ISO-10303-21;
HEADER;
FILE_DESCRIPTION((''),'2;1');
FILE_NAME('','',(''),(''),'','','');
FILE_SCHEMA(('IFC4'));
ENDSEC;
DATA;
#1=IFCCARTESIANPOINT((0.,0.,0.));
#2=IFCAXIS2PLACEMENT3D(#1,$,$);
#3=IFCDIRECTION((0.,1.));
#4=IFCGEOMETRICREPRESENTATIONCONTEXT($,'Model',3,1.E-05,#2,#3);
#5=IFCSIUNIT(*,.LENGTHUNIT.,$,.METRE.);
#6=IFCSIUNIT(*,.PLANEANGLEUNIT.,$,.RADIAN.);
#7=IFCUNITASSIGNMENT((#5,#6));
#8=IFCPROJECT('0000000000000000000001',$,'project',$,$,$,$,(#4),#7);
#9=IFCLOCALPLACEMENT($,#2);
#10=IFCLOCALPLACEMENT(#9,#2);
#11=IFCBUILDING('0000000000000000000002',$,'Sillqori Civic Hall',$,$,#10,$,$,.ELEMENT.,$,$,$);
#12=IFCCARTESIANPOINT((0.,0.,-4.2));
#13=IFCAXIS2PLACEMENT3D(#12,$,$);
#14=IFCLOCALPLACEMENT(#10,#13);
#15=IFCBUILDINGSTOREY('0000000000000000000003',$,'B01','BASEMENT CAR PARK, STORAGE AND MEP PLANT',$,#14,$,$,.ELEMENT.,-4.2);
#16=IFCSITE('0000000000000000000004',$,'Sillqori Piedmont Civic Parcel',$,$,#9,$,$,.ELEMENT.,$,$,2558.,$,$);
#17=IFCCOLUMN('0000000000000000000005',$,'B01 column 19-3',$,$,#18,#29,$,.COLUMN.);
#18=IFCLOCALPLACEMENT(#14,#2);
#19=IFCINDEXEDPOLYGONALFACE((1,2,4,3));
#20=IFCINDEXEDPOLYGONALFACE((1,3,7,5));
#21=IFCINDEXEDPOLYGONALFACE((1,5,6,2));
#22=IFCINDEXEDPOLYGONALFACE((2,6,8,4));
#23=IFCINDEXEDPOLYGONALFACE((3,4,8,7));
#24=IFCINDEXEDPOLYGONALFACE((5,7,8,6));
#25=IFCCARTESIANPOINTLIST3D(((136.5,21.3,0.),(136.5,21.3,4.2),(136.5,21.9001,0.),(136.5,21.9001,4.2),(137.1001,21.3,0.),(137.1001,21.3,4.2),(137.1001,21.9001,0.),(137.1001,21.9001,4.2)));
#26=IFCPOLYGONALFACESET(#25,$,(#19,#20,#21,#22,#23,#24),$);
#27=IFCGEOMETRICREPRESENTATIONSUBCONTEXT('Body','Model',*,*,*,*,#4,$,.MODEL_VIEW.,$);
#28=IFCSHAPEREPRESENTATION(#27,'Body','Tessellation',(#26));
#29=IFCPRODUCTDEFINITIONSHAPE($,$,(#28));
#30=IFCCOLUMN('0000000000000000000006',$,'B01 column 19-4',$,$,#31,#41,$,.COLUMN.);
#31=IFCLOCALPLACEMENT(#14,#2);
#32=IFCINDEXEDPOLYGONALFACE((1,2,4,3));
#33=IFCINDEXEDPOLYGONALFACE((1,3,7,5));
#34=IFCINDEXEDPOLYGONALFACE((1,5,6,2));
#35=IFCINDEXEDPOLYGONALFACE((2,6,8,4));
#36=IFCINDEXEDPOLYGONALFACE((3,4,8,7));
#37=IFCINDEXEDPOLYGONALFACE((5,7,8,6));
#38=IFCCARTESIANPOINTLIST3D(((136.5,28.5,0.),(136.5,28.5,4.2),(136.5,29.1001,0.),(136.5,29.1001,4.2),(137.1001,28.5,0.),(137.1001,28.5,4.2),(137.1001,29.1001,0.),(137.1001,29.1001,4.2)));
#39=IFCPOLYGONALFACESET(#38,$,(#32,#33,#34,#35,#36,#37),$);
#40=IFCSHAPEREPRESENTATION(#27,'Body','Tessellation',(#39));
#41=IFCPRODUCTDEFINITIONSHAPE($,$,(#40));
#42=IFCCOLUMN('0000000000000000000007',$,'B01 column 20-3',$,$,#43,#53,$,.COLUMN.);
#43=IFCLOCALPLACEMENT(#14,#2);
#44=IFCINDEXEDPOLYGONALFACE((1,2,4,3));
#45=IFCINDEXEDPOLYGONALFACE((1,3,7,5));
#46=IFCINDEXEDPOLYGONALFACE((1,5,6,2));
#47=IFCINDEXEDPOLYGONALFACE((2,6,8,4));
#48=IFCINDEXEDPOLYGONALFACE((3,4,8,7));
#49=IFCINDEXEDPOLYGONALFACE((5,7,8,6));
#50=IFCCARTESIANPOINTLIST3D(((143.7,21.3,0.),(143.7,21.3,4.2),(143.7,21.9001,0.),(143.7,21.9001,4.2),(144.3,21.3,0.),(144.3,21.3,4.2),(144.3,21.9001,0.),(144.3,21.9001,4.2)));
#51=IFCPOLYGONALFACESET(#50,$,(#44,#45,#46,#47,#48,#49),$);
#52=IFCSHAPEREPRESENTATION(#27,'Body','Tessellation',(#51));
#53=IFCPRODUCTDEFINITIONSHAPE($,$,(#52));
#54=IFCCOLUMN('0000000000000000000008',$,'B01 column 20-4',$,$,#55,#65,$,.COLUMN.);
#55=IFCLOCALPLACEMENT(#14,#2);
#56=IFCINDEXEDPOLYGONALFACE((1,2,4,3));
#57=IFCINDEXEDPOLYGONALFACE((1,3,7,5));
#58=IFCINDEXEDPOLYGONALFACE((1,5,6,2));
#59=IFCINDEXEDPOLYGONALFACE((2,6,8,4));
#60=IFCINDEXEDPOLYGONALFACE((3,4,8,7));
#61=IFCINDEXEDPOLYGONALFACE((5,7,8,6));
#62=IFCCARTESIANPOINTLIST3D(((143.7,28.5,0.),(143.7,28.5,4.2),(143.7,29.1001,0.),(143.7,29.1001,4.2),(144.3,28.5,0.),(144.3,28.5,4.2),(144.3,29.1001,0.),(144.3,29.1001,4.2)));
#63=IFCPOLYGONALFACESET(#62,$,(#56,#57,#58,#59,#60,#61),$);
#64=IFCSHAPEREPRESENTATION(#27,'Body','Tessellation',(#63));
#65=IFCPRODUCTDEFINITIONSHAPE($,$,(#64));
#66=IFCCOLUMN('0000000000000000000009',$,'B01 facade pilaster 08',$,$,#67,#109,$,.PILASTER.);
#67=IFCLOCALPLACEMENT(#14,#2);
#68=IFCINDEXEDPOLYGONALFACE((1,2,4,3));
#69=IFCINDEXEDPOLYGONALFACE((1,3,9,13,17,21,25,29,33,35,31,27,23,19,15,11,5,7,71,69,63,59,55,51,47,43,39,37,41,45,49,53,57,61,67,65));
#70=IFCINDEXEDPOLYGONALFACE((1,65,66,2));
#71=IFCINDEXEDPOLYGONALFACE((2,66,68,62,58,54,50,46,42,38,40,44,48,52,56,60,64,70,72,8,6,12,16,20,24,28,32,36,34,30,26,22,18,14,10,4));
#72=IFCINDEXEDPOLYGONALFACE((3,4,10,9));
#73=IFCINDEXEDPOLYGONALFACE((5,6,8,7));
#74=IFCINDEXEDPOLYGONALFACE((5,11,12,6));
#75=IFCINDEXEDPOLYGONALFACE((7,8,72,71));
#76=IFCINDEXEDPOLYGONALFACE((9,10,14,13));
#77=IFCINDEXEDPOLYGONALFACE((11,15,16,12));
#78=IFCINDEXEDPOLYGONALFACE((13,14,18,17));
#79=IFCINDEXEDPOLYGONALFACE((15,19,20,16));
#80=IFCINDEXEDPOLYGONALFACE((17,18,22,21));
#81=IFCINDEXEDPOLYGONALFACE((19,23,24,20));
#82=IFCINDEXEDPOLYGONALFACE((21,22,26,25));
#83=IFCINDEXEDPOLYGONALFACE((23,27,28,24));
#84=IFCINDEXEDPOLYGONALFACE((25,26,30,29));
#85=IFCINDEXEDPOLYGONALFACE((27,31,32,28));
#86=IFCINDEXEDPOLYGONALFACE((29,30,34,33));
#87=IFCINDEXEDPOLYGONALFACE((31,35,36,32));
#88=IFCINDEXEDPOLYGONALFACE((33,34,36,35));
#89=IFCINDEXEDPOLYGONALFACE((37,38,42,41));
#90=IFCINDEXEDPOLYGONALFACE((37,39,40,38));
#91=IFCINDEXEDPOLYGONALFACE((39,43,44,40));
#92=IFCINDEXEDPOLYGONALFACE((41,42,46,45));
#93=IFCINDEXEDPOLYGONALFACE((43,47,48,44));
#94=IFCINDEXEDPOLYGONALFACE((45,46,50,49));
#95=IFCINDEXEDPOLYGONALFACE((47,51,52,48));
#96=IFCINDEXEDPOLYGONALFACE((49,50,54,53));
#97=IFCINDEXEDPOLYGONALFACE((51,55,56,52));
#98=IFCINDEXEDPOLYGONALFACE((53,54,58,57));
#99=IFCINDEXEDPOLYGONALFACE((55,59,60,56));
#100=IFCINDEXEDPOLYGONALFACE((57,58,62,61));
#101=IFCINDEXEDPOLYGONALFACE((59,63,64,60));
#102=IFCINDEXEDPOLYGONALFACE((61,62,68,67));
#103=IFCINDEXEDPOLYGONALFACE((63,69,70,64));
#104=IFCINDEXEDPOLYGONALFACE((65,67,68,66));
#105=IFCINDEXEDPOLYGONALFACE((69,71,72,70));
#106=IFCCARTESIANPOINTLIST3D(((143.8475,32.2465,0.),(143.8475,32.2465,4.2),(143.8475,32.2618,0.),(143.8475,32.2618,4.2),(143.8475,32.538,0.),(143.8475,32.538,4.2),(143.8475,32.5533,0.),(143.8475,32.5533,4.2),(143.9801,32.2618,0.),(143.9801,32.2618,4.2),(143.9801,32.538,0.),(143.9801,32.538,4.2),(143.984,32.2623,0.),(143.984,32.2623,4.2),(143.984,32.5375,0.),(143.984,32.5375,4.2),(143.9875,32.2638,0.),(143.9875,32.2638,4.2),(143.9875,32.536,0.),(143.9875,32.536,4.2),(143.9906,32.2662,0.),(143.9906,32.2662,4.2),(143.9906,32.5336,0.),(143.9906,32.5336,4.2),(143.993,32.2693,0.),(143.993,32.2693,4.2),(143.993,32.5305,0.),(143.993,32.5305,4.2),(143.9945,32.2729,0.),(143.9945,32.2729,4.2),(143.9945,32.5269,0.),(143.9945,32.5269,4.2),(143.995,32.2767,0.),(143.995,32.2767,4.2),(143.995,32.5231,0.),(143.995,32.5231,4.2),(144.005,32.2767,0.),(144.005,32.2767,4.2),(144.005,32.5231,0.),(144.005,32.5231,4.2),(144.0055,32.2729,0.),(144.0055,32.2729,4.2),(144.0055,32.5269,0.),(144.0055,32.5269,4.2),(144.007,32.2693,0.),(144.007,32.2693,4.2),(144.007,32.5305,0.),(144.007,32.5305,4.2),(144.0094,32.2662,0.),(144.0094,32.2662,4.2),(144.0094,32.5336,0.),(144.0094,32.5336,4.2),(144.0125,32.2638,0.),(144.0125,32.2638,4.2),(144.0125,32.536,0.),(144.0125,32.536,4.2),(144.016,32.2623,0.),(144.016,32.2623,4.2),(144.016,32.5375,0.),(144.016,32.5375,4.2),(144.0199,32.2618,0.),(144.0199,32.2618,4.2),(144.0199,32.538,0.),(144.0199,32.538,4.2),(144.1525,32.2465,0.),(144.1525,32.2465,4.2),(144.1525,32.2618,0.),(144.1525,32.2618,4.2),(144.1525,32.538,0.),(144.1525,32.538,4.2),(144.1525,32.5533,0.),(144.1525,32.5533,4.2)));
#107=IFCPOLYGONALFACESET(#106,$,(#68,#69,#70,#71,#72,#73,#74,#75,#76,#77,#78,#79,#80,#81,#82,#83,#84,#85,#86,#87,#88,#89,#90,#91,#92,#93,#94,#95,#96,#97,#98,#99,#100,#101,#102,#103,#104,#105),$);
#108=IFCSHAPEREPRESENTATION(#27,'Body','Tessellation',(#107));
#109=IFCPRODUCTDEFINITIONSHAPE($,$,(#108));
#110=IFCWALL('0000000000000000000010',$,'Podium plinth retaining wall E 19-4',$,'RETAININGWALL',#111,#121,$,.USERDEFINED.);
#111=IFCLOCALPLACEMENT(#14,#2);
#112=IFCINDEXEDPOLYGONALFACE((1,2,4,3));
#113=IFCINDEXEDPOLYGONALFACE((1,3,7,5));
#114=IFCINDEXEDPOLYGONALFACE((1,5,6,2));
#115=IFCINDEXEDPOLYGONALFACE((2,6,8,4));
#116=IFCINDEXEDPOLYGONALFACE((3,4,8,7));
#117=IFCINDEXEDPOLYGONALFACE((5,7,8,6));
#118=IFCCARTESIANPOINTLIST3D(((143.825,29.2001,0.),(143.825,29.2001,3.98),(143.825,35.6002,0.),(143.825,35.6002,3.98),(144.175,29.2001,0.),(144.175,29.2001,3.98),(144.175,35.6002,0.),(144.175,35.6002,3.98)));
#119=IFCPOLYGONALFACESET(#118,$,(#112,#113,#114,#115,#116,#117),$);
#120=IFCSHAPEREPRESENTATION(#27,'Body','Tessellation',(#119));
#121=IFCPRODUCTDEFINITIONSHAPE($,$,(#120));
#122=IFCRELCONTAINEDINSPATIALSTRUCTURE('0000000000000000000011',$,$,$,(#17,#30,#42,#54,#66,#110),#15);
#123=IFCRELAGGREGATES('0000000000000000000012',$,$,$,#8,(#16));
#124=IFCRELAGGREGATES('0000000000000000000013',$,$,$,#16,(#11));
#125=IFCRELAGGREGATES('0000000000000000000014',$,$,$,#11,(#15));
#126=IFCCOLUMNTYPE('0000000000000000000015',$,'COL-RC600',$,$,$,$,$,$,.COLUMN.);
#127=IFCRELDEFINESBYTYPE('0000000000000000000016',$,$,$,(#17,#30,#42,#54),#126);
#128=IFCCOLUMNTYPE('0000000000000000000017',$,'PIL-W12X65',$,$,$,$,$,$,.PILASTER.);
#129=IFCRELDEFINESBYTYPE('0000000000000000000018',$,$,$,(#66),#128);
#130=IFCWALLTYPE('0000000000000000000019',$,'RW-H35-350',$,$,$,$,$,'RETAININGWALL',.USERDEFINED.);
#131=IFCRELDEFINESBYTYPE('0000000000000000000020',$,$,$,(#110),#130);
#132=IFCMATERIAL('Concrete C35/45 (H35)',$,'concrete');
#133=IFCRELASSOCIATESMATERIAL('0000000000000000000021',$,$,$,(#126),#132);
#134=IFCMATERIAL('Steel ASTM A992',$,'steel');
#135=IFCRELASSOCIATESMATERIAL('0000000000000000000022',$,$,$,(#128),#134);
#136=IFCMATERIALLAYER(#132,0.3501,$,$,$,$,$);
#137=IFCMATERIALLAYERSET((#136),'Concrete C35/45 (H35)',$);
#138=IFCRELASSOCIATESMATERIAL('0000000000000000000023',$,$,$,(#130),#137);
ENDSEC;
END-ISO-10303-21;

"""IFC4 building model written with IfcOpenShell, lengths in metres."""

from ifc_helpers import new_model, si_unit, direction, frame, frame_2d, origin, origin_2d, place, context, subcontext, project, spatial, rectangle, i_section, extrude, material, layer, layer_set, material_profile, profile_set, type_object, element, save


model = new_model("IFC4")

# Units and contexts
model_context = context("Model", 3, precision=1e-05, world=origin(), true_north=direction((0.0, 1.0)))
body_context = subcontext(model_context, "Body", "Model", "MODEL_VIEW")
ifc_project = project(units=[si_unit("LENGTHUNIT", "METRE"), si_unit("PLANEANGLEUNIT", "RADIAN")], contexts=[model_context])

# Site, building, storey
site_placement = place(None, origin())
site = spatial("IfcSite", under=ifc_project, at=site_placement, Name="Sillqori Piedmont Civic Parcel", CompositionType="ELEMENT", RefElevation=2558.0)
building_placement = place(site_placement, origin())
building = spatial("IfcBuilding", under=site, at=building_placement, Name="Sillqori Civic Hall", CompositionType="ELEMENT")
storey_placement = place(building_placement, frame((0.0, 0.0, -4.2)))
storey = spatial("IfcBuildingStorey", under=building, at=storey_placement, Name="B01", Description="BASEMENT CAR PARK, STORAGE AND MEP PLANT", CompositionType="ELEMENT", Elevation=-4.2)

# Shared definitions
ifc_material_1 = material(Name="Concrete C35/45 (H35)", Category="concrete")

# Columns
ifc_material_profile_1 = material_profile(ifc_material_1, rectangle(XDim=0.6001, YDim=0.6001, at=origin_2d()), Name="RC 600x600")
ifc_profile_set_1 = profile_set([ifc_material_profile_1], Name="Concrete C35/45 (H35)")
column_type_1 = type_object("IfcColumnType", Name="COL-RC600", PredefinedType="COLUMN", material=ifc_profile_set_1)
for number, where, z_axis, x_axis, name in (
    (1, (136.8, 21.6001, 0.0), (0.0, 0.0, 1.0), (1.0, 0.0, 0.0), "B01 column 19-3"),
    (2, (136.8, 28.8, 0.0), (0.0, 0.0, 1.0), (1.0, 0.0, 0.0), "B01 column 19-4"),
    (3, (144.0, 21.6001, 0.0), (0.0, 0.0, 1.0), (1.0, 0.0, 0.0), "B01 column 20-3"),
    (4, (144.0, 28.8, 0.0), (0.0, 0.0, 1.0), (1.0, 0.0, 0.0), "B01 column 20-4"),
):
    element("IfcColumn", number, at=place(storey_placement, frame(where, z_axis=z_axis, x_axis=x_axis)), inside=storey, type_object=column_type_1, Name=name, PredefinedType="COLUMN", context=body_context, shape_type="SweptSolid", body=[
        extrude(rectangle(XDim=0.6001, YDim=0.6001, at=origin_2d()), origin(), (0.0, 0.0, 1.0), 4.2),
    ])
ifc_material_2 = material(Name="Steel ASTM A992", Category="steel")
ifc_material_profile_2 = material_profile(ifc_material_2, i_section(OverallWidth=0.3049, OverallDepth=0.3069, WebThickness=0.01, FlangeThickness=0.0154, FilletRadius=0.0149, at=origin_2d()), Name="W12X65")
ifc_profile_set_2 = profile_set([ifc_material_profile_2], Name="Steel ASTM A992")
column_type_2 = type_object("IfcColumnType", Name="PIL-W12X65", PredefinedType="PILASTER", material=ifc_profile_set_2)
column_placement = place(storey_placement, frame((144.0, 32.3999, 0.0), z_axis=(0.0, 0.0, 1.0), x_axis=(1.0, 0.0, 0.0)))
element("IfcColumn", 5, at=column_placement, inside=storey, type_object=column_type_2, Name="B01 facade pilaster 08", PredefinedType="PILASTER", context=body_context, shape_type="SweptSolid", body=[
    extrude(i_section(OverallWidth=0.3049, OverallDepth=0.3069, WebThickness=0.01, FlangeThickness=0.0154, FilletRadius=0.0149, at=origin_2d()), origin(), (0.0, 0.0, 1.0), 4.2),
])

# Wall
ifc_layer = layer(ifc_material_1, 0.3501)
ifc_layer_set = layer_set([ifc_layer], Name="Concrete C35/45 (H35)")
wall_type = type_object("IfcWallType", Name="RW-H35-350", ElementType="RETAININGWALL", PredefinedType="USERDEFINED", material=ifc_layer_set)
wall_placement = place(storey_placement, frame((144.0, 29.2, 0.0), z_axis=(0.0, 0.0, 1.0), x_axis=(0.0, 1.0, 0.0)))
element("IfcWall", 6, at=wall_placement, inside=storey, type_object=wall_type, Name="Podium plinth retaining wall E 19-4", ObjectType="RETAININGWALL", PredefinedType="USERDEFINED", context=body_context, shape_type="SweptSolid", body=[
    extrude(rectangle(XDim=6.4001, YDim=0.3501, at=frame_2d((3.2002, 0.0))), origin(), (0.0, 0.0, 1.0), 3.98),
])

save(model, "model.ifc")
